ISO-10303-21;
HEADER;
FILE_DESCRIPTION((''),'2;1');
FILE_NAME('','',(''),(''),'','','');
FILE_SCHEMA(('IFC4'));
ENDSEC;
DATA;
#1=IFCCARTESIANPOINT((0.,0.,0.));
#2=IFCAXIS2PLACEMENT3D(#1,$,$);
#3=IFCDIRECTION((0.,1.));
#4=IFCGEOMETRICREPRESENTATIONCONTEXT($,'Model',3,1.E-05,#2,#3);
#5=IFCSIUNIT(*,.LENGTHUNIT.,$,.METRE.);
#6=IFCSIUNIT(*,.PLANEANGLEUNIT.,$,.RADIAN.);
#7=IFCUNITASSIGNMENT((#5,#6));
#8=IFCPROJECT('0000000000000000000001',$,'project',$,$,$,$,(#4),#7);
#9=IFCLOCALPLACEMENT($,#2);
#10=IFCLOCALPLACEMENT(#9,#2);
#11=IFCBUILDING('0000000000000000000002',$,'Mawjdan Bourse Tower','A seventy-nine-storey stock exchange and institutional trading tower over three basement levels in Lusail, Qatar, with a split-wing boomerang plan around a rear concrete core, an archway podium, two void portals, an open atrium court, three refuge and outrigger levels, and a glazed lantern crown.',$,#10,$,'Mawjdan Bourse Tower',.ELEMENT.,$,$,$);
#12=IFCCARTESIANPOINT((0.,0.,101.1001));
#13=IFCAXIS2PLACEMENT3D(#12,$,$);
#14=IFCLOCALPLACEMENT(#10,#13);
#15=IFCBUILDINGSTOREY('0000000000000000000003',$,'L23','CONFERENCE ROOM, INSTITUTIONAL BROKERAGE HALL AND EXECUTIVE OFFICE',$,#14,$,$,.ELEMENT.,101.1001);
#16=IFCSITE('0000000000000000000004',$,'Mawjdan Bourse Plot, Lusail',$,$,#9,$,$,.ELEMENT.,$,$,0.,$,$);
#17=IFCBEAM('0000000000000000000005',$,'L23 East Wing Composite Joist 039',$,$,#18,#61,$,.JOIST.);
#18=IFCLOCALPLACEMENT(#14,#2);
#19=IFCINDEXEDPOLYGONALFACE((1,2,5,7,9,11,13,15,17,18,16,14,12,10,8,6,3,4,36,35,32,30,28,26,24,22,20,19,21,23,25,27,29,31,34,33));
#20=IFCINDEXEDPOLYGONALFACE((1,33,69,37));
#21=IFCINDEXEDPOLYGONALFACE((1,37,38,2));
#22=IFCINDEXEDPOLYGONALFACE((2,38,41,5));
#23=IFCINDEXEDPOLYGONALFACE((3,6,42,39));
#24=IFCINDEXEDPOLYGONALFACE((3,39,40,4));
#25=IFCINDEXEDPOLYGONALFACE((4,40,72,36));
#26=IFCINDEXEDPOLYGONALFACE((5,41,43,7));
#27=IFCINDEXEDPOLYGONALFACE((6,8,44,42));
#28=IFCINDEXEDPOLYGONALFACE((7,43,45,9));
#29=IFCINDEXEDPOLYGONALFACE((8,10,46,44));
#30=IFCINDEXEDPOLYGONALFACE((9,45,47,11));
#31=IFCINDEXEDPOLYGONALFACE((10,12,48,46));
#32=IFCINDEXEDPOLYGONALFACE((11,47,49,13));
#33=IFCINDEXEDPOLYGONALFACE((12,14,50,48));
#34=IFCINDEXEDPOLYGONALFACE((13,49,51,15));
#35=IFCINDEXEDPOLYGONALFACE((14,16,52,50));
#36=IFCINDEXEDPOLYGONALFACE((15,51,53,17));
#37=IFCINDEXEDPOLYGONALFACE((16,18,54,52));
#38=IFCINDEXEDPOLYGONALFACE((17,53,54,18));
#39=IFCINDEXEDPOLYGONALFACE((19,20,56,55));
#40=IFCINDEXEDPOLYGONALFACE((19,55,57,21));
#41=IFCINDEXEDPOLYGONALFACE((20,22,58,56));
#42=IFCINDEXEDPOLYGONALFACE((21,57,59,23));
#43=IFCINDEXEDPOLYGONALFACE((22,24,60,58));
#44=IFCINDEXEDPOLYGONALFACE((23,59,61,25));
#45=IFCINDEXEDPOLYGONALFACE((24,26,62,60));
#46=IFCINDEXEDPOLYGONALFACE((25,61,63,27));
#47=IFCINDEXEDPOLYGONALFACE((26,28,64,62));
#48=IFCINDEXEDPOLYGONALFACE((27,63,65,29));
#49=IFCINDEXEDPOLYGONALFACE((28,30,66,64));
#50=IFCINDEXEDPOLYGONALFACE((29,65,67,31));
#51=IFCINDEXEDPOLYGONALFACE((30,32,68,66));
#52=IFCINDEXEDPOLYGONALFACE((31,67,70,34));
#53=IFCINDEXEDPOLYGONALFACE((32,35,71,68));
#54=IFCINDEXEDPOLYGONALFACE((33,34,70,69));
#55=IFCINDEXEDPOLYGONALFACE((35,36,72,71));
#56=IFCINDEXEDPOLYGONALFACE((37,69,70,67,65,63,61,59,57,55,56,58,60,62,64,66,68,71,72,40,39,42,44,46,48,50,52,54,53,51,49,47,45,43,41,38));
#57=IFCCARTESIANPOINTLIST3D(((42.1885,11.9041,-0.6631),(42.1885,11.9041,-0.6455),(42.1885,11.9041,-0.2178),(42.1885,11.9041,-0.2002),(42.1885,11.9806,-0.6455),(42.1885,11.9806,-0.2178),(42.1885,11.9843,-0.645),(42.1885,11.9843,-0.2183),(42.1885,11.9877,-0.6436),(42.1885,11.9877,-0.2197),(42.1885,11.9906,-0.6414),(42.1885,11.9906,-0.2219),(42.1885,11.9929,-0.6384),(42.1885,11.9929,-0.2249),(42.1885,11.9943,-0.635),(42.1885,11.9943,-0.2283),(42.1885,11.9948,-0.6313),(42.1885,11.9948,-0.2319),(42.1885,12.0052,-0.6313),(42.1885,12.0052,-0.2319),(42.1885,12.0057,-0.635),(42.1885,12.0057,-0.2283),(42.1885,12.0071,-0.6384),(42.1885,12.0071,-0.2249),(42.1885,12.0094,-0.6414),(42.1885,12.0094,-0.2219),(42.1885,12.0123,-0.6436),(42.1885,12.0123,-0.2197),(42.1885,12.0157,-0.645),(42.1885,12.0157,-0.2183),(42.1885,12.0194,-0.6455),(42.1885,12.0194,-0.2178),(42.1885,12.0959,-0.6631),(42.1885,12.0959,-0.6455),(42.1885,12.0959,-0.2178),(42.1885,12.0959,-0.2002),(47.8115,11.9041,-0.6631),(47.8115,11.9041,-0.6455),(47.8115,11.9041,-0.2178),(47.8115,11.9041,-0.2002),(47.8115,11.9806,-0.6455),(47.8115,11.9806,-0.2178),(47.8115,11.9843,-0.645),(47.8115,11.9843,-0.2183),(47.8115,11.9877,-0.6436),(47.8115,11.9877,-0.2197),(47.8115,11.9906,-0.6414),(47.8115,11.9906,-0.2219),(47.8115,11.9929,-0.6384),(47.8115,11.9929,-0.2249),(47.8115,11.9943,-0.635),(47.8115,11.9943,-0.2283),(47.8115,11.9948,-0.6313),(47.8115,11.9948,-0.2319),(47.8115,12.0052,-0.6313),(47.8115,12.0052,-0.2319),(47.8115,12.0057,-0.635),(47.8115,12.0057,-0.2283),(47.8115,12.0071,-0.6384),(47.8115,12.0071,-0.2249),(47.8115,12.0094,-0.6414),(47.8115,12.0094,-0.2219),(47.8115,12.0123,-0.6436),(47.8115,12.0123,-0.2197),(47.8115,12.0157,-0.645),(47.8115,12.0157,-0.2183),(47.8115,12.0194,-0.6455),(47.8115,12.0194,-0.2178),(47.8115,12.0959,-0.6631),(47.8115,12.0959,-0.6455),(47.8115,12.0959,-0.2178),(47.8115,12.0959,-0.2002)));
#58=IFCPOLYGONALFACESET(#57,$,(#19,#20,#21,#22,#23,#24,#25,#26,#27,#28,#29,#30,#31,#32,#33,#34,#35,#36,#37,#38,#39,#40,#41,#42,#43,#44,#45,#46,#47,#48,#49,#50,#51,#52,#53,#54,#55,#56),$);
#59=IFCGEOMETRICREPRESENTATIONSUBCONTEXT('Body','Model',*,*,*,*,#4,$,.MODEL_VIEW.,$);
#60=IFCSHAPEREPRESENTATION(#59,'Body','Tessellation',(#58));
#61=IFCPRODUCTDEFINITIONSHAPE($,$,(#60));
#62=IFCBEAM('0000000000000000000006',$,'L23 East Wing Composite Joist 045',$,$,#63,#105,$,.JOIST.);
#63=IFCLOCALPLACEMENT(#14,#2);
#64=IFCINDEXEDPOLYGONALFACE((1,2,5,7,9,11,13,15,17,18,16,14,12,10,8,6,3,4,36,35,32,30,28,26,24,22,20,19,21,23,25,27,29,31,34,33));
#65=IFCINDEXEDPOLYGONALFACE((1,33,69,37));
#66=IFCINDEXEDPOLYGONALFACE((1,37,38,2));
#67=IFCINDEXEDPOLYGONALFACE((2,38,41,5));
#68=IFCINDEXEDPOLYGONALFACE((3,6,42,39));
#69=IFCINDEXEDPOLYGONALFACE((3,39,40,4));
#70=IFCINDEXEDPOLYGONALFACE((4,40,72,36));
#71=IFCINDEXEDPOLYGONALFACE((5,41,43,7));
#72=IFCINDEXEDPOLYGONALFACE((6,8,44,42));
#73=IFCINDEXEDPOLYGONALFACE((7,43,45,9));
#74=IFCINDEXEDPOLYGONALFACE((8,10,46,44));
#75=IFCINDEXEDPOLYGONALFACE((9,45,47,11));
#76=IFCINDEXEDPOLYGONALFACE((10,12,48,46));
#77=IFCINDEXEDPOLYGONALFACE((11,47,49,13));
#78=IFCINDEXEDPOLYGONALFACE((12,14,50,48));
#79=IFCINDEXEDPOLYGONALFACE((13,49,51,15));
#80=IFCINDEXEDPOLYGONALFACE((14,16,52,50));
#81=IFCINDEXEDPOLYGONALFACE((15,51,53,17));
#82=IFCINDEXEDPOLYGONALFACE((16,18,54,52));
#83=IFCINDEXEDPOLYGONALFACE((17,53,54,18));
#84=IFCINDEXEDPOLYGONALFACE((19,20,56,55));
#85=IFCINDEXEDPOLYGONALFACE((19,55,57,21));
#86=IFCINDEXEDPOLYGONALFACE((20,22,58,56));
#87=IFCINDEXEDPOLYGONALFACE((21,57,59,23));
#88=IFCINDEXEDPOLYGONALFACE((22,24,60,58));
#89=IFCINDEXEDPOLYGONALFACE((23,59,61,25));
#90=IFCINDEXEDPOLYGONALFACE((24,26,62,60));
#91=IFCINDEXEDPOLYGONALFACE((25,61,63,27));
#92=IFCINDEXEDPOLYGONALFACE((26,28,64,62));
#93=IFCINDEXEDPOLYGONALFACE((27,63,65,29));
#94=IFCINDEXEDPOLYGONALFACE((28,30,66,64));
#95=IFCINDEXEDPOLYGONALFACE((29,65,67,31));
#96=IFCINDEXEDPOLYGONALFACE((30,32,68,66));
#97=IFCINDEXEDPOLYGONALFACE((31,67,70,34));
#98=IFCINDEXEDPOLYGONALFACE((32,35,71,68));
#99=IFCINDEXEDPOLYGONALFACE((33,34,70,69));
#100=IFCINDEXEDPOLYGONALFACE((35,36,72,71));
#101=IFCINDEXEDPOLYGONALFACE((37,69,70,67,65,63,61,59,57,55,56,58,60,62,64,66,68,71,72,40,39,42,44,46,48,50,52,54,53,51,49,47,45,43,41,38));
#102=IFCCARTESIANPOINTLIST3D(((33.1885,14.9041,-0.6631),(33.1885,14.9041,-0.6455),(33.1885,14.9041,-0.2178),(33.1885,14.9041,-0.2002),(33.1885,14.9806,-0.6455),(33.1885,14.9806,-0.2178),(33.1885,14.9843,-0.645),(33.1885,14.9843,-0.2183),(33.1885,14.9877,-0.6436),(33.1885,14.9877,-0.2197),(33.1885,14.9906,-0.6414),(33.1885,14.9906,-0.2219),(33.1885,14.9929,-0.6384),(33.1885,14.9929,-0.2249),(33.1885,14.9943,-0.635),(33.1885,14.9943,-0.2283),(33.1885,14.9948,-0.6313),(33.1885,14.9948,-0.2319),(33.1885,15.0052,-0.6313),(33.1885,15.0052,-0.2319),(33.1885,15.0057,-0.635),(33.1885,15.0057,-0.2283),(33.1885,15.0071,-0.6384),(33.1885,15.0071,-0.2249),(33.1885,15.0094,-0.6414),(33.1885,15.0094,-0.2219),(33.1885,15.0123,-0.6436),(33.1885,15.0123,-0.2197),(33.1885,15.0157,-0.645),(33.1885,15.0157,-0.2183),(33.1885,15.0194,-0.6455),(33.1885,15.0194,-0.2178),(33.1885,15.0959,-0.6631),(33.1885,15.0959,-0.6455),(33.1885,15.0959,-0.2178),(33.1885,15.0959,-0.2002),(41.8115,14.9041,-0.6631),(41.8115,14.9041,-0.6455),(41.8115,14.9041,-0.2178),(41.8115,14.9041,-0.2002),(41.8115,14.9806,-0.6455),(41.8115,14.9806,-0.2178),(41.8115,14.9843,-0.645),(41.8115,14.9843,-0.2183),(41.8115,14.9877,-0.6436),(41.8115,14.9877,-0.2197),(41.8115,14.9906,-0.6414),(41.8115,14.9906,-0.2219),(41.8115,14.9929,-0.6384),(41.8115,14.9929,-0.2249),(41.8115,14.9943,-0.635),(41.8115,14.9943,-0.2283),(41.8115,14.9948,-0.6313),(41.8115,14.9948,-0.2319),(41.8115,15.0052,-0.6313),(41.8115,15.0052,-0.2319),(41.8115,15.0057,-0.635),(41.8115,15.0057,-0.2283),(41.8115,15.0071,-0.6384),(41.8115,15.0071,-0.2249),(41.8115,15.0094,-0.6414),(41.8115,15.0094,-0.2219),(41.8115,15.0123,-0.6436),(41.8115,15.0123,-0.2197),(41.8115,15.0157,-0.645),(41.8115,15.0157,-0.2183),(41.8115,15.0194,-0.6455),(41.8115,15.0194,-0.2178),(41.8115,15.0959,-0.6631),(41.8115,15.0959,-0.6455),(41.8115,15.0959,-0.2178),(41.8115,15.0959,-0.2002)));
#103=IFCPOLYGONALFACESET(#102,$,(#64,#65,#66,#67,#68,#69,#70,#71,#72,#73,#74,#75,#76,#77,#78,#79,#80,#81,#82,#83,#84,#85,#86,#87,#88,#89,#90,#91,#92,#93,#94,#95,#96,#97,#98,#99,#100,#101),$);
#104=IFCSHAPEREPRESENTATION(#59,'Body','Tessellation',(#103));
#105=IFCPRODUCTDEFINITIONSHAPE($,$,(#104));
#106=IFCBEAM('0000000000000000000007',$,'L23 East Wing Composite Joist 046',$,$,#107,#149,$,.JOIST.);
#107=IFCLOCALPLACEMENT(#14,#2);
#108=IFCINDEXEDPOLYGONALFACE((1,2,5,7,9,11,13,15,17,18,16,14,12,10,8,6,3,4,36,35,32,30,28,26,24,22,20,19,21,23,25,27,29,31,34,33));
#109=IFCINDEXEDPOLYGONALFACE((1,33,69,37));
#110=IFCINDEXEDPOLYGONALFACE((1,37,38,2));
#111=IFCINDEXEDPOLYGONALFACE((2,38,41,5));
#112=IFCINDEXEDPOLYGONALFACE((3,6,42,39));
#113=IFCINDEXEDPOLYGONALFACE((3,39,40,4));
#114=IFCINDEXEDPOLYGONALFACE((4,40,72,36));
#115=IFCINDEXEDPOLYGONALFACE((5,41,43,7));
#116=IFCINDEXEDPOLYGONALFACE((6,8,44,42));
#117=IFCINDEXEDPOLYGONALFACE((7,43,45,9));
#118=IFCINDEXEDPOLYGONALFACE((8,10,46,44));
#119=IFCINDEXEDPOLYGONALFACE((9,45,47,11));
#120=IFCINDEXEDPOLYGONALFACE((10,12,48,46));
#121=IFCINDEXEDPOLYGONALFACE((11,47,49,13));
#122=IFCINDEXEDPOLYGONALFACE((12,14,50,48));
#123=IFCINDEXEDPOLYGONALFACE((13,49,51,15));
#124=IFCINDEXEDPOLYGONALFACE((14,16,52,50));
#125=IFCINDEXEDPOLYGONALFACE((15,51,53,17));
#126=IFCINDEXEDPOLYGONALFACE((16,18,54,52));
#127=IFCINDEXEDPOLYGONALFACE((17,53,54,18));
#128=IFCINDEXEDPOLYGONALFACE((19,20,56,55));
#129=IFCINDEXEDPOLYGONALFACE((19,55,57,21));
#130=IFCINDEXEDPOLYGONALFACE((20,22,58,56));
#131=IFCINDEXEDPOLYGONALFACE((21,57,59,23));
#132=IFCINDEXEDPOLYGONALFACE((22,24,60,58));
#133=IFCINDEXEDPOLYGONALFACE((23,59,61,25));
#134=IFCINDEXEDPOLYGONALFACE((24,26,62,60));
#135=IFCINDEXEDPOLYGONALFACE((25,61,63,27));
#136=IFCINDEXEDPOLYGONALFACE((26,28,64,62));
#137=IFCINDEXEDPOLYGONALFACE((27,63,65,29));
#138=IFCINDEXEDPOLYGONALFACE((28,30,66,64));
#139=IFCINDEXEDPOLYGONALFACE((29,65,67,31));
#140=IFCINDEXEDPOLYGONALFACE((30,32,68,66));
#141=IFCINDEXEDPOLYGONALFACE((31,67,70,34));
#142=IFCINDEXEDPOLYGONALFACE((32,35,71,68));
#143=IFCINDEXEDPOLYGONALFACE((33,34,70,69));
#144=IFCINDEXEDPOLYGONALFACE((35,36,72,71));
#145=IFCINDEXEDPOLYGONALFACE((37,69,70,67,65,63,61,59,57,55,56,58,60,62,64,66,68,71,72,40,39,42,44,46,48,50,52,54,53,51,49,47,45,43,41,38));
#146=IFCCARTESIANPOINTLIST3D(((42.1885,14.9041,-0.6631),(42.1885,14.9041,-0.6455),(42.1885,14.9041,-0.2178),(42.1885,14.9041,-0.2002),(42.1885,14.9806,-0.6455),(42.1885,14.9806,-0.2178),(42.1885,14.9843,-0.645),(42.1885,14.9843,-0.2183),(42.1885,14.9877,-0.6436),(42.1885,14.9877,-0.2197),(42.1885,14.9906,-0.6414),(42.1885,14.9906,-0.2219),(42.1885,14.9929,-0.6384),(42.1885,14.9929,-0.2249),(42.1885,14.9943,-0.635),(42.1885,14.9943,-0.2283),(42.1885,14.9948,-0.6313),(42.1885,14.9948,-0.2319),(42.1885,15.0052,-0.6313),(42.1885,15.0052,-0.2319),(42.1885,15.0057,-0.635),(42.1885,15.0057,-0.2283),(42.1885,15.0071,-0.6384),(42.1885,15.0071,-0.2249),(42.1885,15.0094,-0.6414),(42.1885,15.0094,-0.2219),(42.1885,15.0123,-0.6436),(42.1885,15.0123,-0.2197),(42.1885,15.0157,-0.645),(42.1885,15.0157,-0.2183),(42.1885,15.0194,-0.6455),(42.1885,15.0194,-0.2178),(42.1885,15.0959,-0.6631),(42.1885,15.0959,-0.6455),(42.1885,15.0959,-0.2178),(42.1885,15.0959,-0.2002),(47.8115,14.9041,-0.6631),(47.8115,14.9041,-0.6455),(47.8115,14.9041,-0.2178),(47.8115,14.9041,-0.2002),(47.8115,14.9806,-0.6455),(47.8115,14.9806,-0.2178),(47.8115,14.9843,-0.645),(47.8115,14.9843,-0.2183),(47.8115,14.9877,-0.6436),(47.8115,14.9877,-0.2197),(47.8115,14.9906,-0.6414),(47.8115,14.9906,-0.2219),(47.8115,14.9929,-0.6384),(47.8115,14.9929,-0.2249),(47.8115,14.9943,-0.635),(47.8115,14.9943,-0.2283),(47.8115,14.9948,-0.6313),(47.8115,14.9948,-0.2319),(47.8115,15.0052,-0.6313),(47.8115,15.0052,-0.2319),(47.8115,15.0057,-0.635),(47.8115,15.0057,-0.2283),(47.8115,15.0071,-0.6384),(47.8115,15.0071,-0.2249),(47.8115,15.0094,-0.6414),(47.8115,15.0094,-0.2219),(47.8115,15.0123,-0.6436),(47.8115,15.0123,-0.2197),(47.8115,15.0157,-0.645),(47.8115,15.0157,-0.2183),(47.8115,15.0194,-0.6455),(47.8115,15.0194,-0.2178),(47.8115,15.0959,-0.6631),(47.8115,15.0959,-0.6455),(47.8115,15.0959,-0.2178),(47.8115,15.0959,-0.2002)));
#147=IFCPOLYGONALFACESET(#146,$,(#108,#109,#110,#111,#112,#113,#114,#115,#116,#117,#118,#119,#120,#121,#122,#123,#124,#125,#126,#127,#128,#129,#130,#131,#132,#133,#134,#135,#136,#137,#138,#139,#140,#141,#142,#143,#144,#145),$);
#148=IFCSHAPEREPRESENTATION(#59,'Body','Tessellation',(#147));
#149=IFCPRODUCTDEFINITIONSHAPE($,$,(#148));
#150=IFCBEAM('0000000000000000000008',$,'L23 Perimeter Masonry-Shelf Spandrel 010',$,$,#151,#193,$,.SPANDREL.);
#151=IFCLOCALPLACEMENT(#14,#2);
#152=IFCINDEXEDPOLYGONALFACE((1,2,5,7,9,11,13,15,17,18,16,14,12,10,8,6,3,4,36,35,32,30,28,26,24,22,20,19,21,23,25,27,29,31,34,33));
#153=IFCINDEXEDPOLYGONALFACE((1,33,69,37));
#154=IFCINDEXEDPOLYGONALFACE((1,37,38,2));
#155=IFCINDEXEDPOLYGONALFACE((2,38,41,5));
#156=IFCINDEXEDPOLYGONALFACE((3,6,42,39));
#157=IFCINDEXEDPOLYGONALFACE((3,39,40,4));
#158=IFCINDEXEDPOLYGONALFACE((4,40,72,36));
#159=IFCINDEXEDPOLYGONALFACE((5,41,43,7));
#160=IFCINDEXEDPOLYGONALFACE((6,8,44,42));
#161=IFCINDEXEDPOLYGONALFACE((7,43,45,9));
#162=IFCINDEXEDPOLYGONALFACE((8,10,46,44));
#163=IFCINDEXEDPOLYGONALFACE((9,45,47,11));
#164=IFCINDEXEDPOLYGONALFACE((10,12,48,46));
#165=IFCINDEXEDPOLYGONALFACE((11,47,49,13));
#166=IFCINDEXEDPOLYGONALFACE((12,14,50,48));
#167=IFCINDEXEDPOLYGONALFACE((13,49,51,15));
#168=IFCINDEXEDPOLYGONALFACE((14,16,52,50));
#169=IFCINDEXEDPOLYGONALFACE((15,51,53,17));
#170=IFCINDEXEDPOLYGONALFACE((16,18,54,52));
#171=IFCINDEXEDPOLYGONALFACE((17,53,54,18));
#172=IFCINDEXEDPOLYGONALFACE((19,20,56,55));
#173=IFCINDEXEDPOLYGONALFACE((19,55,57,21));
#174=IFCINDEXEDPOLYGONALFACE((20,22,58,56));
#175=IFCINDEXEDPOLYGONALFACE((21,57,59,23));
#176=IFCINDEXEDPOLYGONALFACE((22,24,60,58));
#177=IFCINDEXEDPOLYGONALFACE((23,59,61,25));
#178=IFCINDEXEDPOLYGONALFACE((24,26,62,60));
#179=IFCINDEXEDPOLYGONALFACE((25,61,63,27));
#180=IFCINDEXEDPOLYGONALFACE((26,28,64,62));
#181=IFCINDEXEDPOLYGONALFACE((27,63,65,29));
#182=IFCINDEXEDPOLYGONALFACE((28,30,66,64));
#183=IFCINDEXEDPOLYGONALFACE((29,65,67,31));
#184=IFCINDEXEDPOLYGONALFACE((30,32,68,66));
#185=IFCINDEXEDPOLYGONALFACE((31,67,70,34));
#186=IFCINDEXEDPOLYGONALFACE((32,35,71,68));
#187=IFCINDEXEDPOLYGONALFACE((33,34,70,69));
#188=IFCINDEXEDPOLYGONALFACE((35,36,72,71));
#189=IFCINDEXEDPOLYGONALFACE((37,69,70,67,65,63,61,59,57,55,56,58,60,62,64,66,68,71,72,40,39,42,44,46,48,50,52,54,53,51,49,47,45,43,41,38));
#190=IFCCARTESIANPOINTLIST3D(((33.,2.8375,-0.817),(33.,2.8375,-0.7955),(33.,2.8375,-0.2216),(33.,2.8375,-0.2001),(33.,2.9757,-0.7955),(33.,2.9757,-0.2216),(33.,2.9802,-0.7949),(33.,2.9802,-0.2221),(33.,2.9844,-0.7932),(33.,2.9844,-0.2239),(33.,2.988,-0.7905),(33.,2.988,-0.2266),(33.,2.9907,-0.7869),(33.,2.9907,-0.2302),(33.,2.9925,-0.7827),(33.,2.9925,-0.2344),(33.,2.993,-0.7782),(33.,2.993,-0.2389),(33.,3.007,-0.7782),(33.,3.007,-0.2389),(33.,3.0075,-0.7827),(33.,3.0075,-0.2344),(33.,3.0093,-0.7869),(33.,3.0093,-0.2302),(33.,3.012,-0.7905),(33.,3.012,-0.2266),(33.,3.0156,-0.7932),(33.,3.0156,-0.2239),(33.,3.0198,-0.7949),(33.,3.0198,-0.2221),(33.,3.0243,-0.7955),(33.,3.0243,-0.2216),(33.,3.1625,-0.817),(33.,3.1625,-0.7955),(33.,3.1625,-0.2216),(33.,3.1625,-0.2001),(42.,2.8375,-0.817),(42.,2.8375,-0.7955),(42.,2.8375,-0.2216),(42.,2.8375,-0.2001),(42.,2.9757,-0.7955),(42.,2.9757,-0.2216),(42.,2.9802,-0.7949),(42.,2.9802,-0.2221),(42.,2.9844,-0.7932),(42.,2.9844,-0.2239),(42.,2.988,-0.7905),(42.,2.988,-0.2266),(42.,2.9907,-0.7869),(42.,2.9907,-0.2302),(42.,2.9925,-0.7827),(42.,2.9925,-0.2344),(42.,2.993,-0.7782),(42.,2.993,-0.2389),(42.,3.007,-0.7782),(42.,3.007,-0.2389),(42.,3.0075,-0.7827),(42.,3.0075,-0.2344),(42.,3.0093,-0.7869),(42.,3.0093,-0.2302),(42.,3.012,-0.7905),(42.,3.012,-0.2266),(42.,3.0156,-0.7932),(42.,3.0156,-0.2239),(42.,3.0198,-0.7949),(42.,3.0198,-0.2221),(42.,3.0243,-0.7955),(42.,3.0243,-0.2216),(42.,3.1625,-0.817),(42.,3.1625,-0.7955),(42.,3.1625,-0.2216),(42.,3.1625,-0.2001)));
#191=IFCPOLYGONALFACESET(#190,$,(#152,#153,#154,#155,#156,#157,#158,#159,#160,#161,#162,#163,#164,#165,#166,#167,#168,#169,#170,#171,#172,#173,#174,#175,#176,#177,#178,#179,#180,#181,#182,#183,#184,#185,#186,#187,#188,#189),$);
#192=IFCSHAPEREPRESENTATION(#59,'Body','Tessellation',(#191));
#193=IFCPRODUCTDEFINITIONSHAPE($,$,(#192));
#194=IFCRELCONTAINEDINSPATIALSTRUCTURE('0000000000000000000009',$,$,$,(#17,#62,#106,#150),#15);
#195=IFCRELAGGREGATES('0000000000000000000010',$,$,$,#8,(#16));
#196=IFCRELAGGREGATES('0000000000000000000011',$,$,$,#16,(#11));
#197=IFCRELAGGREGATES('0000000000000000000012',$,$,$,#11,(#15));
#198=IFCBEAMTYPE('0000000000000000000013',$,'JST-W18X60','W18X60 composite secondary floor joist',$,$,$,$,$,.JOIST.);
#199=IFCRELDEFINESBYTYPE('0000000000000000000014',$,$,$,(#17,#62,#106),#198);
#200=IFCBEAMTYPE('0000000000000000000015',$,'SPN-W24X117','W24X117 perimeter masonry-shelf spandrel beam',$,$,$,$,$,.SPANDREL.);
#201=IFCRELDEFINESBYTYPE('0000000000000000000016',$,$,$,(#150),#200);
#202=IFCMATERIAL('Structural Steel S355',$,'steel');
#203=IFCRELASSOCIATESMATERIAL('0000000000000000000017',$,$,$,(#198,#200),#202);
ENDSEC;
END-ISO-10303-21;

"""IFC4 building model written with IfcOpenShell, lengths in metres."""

from ifc_helpers import new_model, si_unit, direction, frame, origin, origin_2d, place, context, subcontext, project, spatial, i_section, extrude, material, material_profile, profile_set, type_object, element, save


model = new_model("IFC4")

# Units and contexts
model_context = context("Model", 3, precision=1e-05, world=origin(), true_north=direction((0.0, 1.0)))
body_context = subcontext(model_context, "Body", "Model", "MODEL_VIEW")
ifc_project = project(units=[si_unit("LENGTHUNIT", "METRE"), si_unit("PLANEANGLEUNIT", "RADIAN")], contexts=[model_context])

# Site, building, storey
site_placement = place(None, origin())
site = spatial("IfcSite", under=ifc_project, at=site_placement, Name="Mawjdan Bourse Plot, Lusail", CompositionType="ELEMENT", RefElevation=0.0)
building_placement = place(site_placement, origin())
building = spatial("IfcBuilding", under=site, at=building_placement, Name="Mawjdan Bourse Tower", Description="A seventy-nine-storey stock exchange and institutional trading tower over three basement levels in Lusail, Qatar, with a split-wing boomerang plan around a rear concrete core, an archway podium, two void portals, an open atrium court, three refuge and outrigger levels, and a glazed lantern crown.", LongName="Mawjdan Bourse Tower", CompositionType="ELEMENT")
storey_placement = place(building_placement, frame((0.0, 0.0, 101.1001)))
storey = spatial("IfcBuildingStorey", under=building, at=storey_placement, Name="L23", Description="CONFERENCE ROOM, INSTITUTIONAL BROKERAGE HALL AND EXECUTIVE OFFICE", CompositionType="ELEMENT", Elevation=101.1001)

# Beams
ifc_material_1 = material(Name="Structural Steel S355", Category="steel")
ifc_material_profile_1 = material_profile(ifc_material_1, i_section(OverallWidth=0.1919, OverallDepth=0.4629, WebThickness=0.0105, FlangeThickness=0.0176, FilletRadius=0.0142, at=origin_2d()), Name="W18X60")
ifc_profile_set_1 = profile_set([ifc_material_profile_1], Name="Structural Steel S355")
beam_type_1 = type_object("IfcBeamType", Name="JST-W18X60", Description="W18X60 composite secondary floor joist", PredefinedType="JOIST", material=ifc_profile_set_1)
beam_1_placement = place(storey_placement, frame((42.1885, 12.0, -0.4316), z_axis=(1.0, 0.0, 0.0), x_axis=(0.0, 1.0, 0.0)))
element("IfcBeam", 1, at=beam_1_placement, inside=storey, type_object=beam_type_1, Name="L23 East Wing Composite Joist 039", PredefinedType="JOIST", context=body_context, shape_type="SweptSolid", body=[
    extrude(i_section(OverallWidth=0.1919, OverallDepth=0.4629, WebThickness=0.0105, FlangeThickness=0.0176, FilletRadius=0.0142, at=origin_2d()), origin(), (0.0, 0.0, 1.0), 5.623),
])
beam_2_placement = place(storey_placement, frame((33.1885, 15.0, -0.4316), z_axis=(1.0, 0.0, 0.0), x_axis=(0.0, 1.0, 0.0)))
element("IfcBeam", 2, at=beam_2_placement, inside=storey, type_object=beam_type_1, Name="L23 East Wing Composite Joist 045", PredefinedType="JOIST", context=body_context, shape_type="SweptSolid", body=[
    extrude(i_section(OverallWidth=0.1919, OverallDepth=0.4629, WebThickness=0.0105, FlangeThickness=0.0176, FilletRadius=0.0142, at=origin_2d()), origin(), (0.0, 0.0, 1.0), 8.623),
])
beam_3_placement = place(storey_placement, frame((42.1885, 15.0, -0.4316), z_axis=(1.0, 0.0, 0.0), x_axis=(0.0, 1.0, 0.0)))
element("IfcBeam", 3, at=beam_3_placement, inside=storey, type_object=beam_type_1, Name="L23 East Wing Composite Joist 046", PredefinedType="JOIST", context=body_context, shape_type="SweptSolid", body=[
    extrude(i_section(OverallWidth=0.1919, OverallDepth=0.4629, WebThickness=0.0105, FlangeThickness=0.0176, FilletRadius=0.0142, at=origin_2d()), origin(), (0.0, 0.0, 1.0), 5.623),
])
ifc_material_profile_2 = material_profile(ifc_material_1, i_section(OverallWidth=0.325, OverallDepth=0.6169, WebThickness=0.0139, FlangeThickness=0.0215, FilletRadius=0.0173, at=origin_2d()), Name="W24X117")
ifc_profile_set_2 = profile_set([ifc_material_profile_2], Name="Structural Steel S355")
beam_type_2 = type_object("IfcBeamType", Name="SPN-W24X117", Description="W24X117 perimeter masonry-shelf spandrel beam", PredefinedType="SPANDREL", material=ifc_profile_set_2)
beam_4_placement = place(storey_placement, frame((33.0, 3.0, -0.5085), z_axis=(1.0, 0.0, 0.0), x_axis=(0.0, 1.0, 0.0)))
element("IfcBeam", 4, at=beam_4_placement, inside=storey, type_object=beam_type_2, Name="L23 Perimeter Masonry-Shelf Spandrel 010", PredefinedType="SPANDREL", context=body_context, shape_type="SweptSolid", body=[
    extrude(i_section(OverallWidth=0.325, OverallDepth=0.6169, WebThickness=0.0139, FlangeThickness=0.0215, FilletRadius=0.0173, at=origin_2d()), origin(), (0.0, 0.0, 1.0), 9.0),
])

save(model, "model.ifc")
